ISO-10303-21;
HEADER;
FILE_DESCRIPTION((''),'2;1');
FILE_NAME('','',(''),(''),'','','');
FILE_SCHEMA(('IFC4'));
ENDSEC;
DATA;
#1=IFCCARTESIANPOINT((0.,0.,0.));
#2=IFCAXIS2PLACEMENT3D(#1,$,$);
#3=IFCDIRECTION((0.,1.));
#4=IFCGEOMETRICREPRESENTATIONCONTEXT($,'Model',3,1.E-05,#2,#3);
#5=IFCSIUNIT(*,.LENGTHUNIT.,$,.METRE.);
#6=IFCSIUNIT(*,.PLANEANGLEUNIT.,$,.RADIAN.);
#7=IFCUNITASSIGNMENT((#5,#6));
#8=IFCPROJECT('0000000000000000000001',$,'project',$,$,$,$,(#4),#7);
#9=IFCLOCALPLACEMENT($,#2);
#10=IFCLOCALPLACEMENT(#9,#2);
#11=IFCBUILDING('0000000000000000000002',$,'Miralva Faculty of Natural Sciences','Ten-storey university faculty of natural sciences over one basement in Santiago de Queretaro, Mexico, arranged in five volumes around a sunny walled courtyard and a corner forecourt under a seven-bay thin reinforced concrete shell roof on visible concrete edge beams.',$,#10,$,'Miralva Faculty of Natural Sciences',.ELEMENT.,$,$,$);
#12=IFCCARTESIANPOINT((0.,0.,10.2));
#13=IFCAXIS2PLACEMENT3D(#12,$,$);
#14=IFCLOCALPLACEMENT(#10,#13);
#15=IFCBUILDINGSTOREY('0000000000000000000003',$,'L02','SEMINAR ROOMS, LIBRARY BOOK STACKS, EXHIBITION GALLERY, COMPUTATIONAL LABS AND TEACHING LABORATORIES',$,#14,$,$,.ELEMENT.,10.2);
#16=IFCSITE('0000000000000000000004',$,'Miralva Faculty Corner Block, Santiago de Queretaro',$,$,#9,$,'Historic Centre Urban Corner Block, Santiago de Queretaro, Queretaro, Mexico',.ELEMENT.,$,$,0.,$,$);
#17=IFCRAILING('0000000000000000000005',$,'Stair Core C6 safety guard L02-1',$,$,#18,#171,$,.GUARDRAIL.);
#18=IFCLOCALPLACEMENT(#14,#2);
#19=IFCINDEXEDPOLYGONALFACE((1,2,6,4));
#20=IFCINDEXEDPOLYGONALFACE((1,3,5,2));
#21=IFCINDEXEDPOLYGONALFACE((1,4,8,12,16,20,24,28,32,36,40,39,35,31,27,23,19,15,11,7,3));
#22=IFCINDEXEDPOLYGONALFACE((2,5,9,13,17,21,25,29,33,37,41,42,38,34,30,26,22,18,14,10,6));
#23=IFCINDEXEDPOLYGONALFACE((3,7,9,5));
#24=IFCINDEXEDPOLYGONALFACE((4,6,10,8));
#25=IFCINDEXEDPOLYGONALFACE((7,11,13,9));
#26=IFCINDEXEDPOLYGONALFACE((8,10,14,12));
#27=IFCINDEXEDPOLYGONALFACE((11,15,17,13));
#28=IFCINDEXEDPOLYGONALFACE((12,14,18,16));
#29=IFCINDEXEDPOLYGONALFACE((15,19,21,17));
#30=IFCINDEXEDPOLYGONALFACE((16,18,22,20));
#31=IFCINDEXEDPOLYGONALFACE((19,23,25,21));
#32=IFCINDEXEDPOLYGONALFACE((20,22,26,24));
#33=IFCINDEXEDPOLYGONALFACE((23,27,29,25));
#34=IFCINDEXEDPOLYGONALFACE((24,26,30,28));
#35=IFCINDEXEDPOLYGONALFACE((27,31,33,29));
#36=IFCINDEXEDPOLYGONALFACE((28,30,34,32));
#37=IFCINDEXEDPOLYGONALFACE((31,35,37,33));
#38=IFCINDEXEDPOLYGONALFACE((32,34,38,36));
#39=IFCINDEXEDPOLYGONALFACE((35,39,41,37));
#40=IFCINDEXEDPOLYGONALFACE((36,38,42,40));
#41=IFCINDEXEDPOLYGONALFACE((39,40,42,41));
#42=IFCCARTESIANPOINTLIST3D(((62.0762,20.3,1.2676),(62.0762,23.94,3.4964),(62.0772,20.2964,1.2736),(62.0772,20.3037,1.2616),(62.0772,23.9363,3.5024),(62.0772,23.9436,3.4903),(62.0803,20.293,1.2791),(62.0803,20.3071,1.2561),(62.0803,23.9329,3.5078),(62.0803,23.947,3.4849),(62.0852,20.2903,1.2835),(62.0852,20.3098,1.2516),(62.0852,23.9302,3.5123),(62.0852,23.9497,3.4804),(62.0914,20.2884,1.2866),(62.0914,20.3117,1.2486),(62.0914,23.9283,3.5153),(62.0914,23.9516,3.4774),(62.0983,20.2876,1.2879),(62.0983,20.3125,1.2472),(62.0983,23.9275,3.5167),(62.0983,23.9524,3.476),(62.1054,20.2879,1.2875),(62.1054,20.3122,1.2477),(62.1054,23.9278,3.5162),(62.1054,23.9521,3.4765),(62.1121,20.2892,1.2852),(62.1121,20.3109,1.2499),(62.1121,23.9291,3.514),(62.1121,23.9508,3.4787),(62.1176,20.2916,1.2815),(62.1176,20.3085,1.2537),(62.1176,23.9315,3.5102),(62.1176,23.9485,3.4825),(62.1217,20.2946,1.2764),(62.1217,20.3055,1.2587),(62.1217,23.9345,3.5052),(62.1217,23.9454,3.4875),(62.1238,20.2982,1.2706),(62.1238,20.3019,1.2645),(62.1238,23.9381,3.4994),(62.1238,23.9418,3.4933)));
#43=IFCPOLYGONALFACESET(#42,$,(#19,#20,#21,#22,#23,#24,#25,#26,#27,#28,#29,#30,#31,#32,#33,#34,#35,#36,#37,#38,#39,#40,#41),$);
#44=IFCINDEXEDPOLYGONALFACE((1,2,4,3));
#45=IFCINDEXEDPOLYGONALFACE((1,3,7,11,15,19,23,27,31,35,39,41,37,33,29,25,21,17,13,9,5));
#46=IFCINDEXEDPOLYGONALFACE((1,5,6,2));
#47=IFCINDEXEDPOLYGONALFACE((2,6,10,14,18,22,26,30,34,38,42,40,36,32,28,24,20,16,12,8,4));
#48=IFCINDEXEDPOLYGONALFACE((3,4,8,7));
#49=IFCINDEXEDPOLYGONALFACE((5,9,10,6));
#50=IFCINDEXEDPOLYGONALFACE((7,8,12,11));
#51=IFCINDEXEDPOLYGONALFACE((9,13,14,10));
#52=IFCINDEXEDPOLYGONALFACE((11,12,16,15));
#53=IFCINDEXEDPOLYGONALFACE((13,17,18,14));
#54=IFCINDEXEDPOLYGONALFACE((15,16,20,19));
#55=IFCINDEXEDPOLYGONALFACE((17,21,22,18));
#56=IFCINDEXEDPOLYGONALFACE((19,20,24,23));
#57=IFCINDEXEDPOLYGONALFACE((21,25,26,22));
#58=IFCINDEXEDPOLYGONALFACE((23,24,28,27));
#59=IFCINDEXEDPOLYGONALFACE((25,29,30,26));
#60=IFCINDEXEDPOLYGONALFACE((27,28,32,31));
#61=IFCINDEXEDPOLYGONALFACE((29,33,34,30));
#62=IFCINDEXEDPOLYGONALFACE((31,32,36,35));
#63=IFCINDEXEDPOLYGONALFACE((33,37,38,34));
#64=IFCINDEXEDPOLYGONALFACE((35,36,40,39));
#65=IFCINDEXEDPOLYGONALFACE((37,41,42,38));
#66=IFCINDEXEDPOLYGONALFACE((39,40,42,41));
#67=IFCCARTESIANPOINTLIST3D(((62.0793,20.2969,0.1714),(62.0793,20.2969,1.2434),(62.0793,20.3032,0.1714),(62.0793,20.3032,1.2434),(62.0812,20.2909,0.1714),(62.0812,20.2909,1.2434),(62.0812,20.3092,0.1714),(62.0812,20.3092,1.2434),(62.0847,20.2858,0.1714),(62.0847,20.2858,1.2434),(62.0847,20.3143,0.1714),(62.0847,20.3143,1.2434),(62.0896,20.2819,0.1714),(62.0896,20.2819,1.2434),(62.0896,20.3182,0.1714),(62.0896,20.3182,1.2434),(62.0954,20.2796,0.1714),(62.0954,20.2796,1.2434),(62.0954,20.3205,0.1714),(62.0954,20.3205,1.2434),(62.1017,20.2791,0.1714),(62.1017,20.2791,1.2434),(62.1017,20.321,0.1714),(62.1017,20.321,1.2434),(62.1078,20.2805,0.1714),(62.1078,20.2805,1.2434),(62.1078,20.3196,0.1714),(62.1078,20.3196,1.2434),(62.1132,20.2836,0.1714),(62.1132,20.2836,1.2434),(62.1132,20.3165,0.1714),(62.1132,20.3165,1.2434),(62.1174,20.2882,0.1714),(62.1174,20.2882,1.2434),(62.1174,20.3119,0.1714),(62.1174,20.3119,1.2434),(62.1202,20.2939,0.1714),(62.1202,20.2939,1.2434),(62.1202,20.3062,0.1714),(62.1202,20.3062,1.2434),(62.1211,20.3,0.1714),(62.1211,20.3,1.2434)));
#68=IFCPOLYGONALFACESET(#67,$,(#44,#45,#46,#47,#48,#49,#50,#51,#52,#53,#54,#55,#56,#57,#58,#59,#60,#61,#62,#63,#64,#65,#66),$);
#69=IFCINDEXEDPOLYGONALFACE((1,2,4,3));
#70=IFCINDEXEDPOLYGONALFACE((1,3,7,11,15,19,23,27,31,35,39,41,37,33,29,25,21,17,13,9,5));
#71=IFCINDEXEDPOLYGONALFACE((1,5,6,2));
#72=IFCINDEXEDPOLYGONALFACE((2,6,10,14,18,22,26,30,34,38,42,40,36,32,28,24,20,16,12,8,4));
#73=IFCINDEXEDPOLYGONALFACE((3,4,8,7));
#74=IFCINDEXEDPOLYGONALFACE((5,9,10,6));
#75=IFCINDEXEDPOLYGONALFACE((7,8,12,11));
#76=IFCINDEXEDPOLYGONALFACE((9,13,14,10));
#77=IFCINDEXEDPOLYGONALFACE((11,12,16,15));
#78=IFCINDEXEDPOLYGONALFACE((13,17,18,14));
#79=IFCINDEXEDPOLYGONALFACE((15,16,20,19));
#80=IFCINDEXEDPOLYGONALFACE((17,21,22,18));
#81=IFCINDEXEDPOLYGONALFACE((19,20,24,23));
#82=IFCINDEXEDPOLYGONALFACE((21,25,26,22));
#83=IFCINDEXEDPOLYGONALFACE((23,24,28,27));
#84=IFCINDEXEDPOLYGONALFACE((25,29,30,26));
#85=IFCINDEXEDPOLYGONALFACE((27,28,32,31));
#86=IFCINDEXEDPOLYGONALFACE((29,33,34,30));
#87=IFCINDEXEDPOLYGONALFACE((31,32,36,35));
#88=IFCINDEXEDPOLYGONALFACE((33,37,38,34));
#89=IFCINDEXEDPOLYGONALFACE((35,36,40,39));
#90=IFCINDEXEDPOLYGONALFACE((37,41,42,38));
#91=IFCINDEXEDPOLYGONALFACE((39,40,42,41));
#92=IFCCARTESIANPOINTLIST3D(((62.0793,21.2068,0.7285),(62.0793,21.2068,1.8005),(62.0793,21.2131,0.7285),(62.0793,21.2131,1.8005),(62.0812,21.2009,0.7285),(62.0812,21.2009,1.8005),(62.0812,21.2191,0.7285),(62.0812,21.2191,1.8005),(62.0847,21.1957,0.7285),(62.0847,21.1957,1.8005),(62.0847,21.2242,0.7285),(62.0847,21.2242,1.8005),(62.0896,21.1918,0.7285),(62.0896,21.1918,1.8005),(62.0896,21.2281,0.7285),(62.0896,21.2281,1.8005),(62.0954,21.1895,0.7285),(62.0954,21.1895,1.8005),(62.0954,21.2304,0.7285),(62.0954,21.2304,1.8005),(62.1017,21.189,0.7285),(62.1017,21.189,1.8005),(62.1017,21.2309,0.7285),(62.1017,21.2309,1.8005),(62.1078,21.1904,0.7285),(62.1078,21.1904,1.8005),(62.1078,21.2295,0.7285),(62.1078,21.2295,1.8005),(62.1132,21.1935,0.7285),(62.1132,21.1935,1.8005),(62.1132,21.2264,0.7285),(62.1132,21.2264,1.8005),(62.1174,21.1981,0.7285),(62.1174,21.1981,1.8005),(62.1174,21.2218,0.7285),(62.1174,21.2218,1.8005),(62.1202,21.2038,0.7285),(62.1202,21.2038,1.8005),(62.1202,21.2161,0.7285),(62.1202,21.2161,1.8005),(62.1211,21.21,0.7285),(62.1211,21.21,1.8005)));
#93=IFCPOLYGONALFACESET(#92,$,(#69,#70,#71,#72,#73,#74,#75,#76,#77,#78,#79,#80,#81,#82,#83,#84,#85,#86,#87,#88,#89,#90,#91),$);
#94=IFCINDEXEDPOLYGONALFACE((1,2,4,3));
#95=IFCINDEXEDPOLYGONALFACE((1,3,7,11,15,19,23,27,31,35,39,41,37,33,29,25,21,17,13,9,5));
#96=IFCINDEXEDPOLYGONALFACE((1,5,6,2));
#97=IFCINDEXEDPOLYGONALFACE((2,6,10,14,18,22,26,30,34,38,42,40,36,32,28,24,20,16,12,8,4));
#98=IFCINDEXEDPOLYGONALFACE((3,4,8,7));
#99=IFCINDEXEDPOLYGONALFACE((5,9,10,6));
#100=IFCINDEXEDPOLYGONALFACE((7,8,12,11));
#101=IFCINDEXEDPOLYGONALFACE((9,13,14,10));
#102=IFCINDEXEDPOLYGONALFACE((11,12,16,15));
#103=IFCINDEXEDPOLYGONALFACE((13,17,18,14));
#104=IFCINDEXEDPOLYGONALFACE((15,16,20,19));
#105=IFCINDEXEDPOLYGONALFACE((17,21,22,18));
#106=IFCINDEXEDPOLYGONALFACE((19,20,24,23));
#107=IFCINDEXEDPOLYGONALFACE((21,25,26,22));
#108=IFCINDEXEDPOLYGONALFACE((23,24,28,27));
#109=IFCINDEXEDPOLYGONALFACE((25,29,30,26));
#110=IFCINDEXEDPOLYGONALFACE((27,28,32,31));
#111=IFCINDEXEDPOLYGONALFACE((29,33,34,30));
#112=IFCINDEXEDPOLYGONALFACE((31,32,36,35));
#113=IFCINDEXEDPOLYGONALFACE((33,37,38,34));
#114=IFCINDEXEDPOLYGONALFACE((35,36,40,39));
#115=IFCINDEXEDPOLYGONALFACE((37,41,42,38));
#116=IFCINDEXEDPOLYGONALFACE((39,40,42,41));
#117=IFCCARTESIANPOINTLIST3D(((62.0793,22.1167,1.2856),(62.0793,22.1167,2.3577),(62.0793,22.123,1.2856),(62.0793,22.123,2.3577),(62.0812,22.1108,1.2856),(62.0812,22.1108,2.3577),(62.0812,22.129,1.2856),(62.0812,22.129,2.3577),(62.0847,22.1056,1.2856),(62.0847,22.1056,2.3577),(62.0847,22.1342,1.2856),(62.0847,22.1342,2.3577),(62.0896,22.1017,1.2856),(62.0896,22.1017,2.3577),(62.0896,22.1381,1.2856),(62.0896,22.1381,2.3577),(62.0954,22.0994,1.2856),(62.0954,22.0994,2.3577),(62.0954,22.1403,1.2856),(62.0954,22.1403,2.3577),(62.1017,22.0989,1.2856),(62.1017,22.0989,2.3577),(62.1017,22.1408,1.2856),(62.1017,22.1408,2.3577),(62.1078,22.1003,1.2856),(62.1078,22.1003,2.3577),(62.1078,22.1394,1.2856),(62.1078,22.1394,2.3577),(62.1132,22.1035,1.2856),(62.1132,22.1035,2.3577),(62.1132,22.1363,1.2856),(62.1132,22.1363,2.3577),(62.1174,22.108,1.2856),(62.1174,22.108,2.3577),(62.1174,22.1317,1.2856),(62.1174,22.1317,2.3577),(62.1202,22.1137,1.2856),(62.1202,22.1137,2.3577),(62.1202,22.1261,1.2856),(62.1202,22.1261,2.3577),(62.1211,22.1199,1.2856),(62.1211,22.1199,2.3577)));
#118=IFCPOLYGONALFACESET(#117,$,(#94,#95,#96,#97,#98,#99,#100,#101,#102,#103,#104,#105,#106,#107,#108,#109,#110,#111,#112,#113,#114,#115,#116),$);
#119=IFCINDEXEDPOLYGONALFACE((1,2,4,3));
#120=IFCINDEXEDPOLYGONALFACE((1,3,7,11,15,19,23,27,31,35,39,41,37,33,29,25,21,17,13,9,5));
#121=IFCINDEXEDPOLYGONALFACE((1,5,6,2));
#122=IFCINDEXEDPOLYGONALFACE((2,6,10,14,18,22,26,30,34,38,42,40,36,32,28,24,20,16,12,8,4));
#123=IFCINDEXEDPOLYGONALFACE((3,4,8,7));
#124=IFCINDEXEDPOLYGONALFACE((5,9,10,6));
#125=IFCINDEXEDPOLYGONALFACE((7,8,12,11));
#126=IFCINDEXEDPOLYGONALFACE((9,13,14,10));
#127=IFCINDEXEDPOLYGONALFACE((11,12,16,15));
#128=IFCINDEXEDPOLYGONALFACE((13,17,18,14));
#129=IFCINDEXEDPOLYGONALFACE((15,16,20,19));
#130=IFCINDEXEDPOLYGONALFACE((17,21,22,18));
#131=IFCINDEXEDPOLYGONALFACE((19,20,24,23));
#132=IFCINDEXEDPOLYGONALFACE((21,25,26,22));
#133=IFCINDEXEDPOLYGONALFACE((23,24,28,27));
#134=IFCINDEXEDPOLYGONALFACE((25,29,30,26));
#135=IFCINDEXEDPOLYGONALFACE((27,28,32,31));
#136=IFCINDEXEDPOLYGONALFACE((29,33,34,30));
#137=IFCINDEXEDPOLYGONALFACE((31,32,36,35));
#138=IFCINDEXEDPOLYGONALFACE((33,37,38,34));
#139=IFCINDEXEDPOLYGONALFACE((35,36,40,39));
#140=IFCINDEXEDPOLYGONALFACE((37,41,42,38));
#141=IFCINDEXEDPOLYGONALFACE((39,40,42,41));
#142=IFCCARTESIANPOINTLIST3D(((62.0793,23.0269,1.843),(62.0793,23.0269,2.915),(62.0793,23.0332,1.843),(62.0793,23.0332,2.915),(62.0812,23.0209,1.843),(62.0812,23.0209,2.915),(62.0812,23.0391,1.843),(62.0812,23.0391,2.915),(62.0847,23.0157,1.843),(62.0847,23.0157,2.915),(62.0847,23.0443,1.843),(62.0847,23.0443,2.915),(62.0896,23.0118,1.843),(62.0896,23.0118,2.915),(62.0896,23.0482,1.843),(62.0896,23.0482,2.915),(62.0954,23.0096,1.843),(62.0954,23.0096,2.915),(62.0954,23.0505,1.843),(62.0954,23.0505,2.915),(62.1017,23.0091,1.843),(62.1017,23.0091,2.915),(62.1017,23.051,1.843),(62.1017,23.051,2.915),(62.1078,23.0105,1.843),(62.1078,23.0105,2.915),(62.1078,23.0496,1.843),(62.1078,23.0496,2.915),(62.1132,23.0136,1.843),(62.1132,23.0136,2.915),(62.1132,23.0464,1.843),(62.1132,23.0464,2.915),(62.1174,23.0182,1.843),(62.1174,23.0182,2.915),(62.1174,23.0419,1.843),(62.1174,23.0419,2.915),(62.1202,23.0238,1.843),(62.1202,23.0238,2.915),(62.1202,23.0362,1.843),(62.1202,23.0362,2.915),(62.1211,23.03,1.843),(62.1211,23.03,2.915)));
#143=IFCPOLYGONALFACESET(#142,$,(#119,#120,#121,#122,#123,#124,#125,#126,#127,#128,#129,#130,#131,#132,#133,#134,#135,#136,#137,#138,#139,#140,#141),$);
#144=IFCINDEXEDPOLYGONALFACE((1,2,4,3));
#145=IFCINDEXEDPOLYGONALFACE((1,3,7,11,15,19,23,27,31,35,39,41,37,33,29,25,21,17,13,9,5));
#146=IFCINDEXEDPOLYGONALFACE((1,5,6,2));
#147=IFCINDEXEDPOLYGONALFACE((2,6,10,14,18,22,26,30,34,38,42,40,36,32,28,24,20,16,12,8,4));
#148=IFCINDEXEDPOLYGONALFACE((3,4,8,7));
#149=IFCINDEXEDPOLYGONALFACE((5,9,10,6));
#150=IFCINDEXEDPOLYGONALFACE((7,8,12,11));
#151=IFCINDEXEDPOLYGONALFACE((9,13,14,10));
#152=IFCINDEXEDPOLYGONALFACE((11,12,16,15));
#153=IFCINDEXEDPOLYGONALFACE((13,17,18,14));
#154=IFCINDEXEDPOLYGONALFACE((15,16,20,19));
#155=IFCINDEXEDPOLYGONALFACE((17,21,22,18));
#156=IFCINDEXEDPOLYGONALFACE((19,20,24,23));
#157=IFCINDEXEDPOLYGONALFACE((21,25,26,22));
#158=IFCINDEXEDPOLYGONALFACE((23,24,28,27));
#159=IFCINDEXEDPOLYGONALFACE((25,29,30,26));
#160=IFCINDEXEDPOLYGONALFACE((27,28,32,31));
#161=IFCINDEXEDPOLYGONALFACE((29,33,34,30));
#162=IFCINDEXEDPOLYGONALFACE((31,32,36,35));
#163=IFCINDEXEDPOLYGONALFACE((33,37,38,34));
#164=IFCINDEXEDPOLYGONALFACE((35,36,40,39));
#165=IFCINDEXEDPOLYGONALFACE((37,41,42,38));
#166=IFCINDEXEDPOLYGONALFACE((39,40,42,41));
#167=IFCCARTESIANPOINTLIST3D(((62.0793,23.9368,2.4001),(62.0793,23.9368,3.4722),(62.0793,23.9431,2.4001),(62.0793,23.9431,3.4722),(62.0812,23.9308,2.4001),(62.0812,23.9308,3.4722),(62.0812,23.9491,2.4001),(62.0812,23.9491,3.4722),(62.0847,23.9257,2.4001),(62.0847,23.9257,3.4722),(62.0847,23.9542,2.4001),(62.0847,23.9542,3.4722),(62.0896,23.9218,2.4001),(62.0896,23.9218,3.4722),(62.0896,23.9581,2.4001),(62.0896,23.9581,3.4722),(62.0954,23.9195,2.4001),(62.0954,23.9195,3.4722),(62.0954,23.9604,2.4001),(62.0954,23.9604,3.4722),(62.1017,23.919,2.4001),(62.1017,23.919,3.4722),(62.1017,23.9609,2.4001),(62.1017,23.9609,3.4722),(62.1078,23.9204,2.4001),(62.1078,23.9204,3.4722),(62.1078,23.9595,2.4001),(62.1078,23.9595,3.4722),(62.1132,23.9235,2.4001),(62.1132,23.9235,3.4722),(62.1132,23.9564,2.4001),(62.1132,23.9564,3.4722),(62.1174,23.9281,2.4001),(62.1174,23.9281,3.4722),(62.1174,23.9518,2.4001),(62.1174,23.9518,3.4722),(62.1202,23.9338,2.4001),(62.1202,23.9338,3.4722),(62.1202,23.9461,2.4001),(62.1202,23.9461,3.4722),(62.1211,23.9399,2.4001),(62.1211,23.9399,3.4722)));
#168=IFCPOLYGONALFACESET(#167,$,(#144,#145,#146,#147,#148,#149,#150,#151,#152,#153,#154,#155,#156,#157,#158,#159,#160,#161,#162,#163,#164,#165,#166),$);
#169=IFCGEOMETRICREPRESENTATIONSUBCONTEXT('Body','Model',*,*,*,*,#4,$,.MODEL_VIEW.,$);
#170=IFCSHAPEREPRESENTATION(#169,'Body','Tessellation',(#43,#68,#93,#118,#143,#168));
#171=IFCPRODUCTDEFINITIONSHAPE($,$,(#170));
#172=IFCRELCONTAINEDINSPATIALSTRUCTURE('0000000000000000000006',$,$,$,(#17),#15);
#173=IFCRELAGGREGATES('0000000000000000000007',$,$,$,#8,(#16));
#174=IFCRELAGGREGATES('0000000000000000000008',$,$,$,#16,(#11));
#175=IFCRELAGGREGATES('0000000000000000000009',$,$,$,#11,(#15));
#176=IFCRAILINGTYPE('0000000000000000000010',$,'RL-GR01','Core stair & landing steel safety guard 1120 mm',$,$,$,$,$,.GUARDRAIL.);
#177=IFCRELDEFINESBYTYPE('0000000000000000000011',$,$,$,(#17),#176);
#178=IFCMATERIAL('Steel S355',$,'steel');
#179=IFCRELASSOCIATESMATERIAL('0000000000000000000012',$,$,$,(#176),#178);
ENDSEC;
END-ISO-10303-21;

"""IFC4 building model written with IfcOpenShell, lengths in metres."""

from ifc_helpers import new_model, si_unit, direction, frame, origin, origin_2d, place, context, subcontext, project, spatial, circle, extrude, material, type_object, element, save


model = new_model("IFC4")

# Units and contexts
model_context = context("Model", 3, precision=1e-05, world=origin(), true_north=direction((0.0, 1.0)))
body_context = subcontext(model_context, "Body", "Model", "MODEL_VIEW")
ifc_project = project(units=[si_unit("LENGTHUNIT", "METRE"), si_unit("PLANEANGLEUNIT", "RADIAN")], contexts=[model_context])

# Site, building, storey
site_placement = place(None, origin())
site = spatial("IfcSite", under=ifc_project, at=site_placement, Name="Miralva Faculty Corner Block, Santiago de Queretaro", LongName="Historic Centre Urban Corner Block, Santiago de Queretaro, Queretaro, Mexico", CompositionType="ELEMENT", RefElevation=0.0)
building_placement = place(site_placement, origin())
building = spatial("IfcBuilding", under=site, at=building_placement, Name="Miralva Faculty of Natural Sciences", Description="Ten-storey university faculty of natural sciences over one basement in Santiago de Queretaro, Mexico, arranged in five volumes around a sunny walled courtyard and a corner forecourt under a seven-bay thin reinforced concrete shell roof on visible concrete edge beams.", LongName="Miralva Faculty of Natural Sciences", CompositionType="ELEMENT")
storey_placement = place(building_placement, frame((0.0, 0.0, 10.2)))
storey = spatial("IfcBuildingStorey", under=building, at=storey_placement, Name="L02", Description="SEMINAR ROOMS, LIBRARY BOOK STACKS, EXHIBITION GALLERY, COMPUTATIONAL LABS AND TEACHING LABORATORIES", CompositionType="ELEMENT", Elevation=10.2)

# Railing
ifc_material_1 = material(Name="Steel S355", Category="steel")
railing_type_1 = type_object("IfcRailingType", Name="RL-GR01", Description="Core stair & landing steel safety guard 1120 mm", PredefinedType="GUARDRAIL", material=ifc_material_1)
railing_1_placement = place(storey_placement, frame((62.1001, 20.3, 0.1714)))
element("IfcRailing", 1, at=railing_1_placement, inside=storey, type_object=railing_type_1, Name="Stair Core C6 safety guard L02-1", PredefinedType="GUARDRAIL", context=body_context, shape_type="SweptSolid", body=[
    extrude(circle(Radius=0.0239, at=origin_2d()), frame((0.0, 0.0, 1.0962), z_axis=(0.0, 0.852825, 0.522197), x_axis=(-1.0, 0.0, 0.0)), (0.0, 0.0, 1.0), 4.2681),
    extrude(circle(Radius=0.021, at=origin_2d()), origin(), (0.0, 0.0, 1.0), 1.072),
    extrude(circle(Radius=0.021, at=origin_2d()), frame((0.0, 0.9099, 0.5571)), (0.0, 0.0, 1.0), 1.072),
    extrude(circle(Radius=0.021, at=origin_2d()), frame((0.0, 1.8198, 1.1143)), (0.0, 0.0, 1.0), 1.072),
    extrude(circle(Radius=0.021, at=origin_2d()), frame((0.0, 2.73, 1.6716)), (0.0, 0.0, 1.0), 1.072),
    extrude(circle(Radius=0.021, at=origin_2d()), frame((0.0, 3.6399, 2.2288)), (0.0, 0.0, 1.0), 1.072),
])

save(model, "model.ifc")
